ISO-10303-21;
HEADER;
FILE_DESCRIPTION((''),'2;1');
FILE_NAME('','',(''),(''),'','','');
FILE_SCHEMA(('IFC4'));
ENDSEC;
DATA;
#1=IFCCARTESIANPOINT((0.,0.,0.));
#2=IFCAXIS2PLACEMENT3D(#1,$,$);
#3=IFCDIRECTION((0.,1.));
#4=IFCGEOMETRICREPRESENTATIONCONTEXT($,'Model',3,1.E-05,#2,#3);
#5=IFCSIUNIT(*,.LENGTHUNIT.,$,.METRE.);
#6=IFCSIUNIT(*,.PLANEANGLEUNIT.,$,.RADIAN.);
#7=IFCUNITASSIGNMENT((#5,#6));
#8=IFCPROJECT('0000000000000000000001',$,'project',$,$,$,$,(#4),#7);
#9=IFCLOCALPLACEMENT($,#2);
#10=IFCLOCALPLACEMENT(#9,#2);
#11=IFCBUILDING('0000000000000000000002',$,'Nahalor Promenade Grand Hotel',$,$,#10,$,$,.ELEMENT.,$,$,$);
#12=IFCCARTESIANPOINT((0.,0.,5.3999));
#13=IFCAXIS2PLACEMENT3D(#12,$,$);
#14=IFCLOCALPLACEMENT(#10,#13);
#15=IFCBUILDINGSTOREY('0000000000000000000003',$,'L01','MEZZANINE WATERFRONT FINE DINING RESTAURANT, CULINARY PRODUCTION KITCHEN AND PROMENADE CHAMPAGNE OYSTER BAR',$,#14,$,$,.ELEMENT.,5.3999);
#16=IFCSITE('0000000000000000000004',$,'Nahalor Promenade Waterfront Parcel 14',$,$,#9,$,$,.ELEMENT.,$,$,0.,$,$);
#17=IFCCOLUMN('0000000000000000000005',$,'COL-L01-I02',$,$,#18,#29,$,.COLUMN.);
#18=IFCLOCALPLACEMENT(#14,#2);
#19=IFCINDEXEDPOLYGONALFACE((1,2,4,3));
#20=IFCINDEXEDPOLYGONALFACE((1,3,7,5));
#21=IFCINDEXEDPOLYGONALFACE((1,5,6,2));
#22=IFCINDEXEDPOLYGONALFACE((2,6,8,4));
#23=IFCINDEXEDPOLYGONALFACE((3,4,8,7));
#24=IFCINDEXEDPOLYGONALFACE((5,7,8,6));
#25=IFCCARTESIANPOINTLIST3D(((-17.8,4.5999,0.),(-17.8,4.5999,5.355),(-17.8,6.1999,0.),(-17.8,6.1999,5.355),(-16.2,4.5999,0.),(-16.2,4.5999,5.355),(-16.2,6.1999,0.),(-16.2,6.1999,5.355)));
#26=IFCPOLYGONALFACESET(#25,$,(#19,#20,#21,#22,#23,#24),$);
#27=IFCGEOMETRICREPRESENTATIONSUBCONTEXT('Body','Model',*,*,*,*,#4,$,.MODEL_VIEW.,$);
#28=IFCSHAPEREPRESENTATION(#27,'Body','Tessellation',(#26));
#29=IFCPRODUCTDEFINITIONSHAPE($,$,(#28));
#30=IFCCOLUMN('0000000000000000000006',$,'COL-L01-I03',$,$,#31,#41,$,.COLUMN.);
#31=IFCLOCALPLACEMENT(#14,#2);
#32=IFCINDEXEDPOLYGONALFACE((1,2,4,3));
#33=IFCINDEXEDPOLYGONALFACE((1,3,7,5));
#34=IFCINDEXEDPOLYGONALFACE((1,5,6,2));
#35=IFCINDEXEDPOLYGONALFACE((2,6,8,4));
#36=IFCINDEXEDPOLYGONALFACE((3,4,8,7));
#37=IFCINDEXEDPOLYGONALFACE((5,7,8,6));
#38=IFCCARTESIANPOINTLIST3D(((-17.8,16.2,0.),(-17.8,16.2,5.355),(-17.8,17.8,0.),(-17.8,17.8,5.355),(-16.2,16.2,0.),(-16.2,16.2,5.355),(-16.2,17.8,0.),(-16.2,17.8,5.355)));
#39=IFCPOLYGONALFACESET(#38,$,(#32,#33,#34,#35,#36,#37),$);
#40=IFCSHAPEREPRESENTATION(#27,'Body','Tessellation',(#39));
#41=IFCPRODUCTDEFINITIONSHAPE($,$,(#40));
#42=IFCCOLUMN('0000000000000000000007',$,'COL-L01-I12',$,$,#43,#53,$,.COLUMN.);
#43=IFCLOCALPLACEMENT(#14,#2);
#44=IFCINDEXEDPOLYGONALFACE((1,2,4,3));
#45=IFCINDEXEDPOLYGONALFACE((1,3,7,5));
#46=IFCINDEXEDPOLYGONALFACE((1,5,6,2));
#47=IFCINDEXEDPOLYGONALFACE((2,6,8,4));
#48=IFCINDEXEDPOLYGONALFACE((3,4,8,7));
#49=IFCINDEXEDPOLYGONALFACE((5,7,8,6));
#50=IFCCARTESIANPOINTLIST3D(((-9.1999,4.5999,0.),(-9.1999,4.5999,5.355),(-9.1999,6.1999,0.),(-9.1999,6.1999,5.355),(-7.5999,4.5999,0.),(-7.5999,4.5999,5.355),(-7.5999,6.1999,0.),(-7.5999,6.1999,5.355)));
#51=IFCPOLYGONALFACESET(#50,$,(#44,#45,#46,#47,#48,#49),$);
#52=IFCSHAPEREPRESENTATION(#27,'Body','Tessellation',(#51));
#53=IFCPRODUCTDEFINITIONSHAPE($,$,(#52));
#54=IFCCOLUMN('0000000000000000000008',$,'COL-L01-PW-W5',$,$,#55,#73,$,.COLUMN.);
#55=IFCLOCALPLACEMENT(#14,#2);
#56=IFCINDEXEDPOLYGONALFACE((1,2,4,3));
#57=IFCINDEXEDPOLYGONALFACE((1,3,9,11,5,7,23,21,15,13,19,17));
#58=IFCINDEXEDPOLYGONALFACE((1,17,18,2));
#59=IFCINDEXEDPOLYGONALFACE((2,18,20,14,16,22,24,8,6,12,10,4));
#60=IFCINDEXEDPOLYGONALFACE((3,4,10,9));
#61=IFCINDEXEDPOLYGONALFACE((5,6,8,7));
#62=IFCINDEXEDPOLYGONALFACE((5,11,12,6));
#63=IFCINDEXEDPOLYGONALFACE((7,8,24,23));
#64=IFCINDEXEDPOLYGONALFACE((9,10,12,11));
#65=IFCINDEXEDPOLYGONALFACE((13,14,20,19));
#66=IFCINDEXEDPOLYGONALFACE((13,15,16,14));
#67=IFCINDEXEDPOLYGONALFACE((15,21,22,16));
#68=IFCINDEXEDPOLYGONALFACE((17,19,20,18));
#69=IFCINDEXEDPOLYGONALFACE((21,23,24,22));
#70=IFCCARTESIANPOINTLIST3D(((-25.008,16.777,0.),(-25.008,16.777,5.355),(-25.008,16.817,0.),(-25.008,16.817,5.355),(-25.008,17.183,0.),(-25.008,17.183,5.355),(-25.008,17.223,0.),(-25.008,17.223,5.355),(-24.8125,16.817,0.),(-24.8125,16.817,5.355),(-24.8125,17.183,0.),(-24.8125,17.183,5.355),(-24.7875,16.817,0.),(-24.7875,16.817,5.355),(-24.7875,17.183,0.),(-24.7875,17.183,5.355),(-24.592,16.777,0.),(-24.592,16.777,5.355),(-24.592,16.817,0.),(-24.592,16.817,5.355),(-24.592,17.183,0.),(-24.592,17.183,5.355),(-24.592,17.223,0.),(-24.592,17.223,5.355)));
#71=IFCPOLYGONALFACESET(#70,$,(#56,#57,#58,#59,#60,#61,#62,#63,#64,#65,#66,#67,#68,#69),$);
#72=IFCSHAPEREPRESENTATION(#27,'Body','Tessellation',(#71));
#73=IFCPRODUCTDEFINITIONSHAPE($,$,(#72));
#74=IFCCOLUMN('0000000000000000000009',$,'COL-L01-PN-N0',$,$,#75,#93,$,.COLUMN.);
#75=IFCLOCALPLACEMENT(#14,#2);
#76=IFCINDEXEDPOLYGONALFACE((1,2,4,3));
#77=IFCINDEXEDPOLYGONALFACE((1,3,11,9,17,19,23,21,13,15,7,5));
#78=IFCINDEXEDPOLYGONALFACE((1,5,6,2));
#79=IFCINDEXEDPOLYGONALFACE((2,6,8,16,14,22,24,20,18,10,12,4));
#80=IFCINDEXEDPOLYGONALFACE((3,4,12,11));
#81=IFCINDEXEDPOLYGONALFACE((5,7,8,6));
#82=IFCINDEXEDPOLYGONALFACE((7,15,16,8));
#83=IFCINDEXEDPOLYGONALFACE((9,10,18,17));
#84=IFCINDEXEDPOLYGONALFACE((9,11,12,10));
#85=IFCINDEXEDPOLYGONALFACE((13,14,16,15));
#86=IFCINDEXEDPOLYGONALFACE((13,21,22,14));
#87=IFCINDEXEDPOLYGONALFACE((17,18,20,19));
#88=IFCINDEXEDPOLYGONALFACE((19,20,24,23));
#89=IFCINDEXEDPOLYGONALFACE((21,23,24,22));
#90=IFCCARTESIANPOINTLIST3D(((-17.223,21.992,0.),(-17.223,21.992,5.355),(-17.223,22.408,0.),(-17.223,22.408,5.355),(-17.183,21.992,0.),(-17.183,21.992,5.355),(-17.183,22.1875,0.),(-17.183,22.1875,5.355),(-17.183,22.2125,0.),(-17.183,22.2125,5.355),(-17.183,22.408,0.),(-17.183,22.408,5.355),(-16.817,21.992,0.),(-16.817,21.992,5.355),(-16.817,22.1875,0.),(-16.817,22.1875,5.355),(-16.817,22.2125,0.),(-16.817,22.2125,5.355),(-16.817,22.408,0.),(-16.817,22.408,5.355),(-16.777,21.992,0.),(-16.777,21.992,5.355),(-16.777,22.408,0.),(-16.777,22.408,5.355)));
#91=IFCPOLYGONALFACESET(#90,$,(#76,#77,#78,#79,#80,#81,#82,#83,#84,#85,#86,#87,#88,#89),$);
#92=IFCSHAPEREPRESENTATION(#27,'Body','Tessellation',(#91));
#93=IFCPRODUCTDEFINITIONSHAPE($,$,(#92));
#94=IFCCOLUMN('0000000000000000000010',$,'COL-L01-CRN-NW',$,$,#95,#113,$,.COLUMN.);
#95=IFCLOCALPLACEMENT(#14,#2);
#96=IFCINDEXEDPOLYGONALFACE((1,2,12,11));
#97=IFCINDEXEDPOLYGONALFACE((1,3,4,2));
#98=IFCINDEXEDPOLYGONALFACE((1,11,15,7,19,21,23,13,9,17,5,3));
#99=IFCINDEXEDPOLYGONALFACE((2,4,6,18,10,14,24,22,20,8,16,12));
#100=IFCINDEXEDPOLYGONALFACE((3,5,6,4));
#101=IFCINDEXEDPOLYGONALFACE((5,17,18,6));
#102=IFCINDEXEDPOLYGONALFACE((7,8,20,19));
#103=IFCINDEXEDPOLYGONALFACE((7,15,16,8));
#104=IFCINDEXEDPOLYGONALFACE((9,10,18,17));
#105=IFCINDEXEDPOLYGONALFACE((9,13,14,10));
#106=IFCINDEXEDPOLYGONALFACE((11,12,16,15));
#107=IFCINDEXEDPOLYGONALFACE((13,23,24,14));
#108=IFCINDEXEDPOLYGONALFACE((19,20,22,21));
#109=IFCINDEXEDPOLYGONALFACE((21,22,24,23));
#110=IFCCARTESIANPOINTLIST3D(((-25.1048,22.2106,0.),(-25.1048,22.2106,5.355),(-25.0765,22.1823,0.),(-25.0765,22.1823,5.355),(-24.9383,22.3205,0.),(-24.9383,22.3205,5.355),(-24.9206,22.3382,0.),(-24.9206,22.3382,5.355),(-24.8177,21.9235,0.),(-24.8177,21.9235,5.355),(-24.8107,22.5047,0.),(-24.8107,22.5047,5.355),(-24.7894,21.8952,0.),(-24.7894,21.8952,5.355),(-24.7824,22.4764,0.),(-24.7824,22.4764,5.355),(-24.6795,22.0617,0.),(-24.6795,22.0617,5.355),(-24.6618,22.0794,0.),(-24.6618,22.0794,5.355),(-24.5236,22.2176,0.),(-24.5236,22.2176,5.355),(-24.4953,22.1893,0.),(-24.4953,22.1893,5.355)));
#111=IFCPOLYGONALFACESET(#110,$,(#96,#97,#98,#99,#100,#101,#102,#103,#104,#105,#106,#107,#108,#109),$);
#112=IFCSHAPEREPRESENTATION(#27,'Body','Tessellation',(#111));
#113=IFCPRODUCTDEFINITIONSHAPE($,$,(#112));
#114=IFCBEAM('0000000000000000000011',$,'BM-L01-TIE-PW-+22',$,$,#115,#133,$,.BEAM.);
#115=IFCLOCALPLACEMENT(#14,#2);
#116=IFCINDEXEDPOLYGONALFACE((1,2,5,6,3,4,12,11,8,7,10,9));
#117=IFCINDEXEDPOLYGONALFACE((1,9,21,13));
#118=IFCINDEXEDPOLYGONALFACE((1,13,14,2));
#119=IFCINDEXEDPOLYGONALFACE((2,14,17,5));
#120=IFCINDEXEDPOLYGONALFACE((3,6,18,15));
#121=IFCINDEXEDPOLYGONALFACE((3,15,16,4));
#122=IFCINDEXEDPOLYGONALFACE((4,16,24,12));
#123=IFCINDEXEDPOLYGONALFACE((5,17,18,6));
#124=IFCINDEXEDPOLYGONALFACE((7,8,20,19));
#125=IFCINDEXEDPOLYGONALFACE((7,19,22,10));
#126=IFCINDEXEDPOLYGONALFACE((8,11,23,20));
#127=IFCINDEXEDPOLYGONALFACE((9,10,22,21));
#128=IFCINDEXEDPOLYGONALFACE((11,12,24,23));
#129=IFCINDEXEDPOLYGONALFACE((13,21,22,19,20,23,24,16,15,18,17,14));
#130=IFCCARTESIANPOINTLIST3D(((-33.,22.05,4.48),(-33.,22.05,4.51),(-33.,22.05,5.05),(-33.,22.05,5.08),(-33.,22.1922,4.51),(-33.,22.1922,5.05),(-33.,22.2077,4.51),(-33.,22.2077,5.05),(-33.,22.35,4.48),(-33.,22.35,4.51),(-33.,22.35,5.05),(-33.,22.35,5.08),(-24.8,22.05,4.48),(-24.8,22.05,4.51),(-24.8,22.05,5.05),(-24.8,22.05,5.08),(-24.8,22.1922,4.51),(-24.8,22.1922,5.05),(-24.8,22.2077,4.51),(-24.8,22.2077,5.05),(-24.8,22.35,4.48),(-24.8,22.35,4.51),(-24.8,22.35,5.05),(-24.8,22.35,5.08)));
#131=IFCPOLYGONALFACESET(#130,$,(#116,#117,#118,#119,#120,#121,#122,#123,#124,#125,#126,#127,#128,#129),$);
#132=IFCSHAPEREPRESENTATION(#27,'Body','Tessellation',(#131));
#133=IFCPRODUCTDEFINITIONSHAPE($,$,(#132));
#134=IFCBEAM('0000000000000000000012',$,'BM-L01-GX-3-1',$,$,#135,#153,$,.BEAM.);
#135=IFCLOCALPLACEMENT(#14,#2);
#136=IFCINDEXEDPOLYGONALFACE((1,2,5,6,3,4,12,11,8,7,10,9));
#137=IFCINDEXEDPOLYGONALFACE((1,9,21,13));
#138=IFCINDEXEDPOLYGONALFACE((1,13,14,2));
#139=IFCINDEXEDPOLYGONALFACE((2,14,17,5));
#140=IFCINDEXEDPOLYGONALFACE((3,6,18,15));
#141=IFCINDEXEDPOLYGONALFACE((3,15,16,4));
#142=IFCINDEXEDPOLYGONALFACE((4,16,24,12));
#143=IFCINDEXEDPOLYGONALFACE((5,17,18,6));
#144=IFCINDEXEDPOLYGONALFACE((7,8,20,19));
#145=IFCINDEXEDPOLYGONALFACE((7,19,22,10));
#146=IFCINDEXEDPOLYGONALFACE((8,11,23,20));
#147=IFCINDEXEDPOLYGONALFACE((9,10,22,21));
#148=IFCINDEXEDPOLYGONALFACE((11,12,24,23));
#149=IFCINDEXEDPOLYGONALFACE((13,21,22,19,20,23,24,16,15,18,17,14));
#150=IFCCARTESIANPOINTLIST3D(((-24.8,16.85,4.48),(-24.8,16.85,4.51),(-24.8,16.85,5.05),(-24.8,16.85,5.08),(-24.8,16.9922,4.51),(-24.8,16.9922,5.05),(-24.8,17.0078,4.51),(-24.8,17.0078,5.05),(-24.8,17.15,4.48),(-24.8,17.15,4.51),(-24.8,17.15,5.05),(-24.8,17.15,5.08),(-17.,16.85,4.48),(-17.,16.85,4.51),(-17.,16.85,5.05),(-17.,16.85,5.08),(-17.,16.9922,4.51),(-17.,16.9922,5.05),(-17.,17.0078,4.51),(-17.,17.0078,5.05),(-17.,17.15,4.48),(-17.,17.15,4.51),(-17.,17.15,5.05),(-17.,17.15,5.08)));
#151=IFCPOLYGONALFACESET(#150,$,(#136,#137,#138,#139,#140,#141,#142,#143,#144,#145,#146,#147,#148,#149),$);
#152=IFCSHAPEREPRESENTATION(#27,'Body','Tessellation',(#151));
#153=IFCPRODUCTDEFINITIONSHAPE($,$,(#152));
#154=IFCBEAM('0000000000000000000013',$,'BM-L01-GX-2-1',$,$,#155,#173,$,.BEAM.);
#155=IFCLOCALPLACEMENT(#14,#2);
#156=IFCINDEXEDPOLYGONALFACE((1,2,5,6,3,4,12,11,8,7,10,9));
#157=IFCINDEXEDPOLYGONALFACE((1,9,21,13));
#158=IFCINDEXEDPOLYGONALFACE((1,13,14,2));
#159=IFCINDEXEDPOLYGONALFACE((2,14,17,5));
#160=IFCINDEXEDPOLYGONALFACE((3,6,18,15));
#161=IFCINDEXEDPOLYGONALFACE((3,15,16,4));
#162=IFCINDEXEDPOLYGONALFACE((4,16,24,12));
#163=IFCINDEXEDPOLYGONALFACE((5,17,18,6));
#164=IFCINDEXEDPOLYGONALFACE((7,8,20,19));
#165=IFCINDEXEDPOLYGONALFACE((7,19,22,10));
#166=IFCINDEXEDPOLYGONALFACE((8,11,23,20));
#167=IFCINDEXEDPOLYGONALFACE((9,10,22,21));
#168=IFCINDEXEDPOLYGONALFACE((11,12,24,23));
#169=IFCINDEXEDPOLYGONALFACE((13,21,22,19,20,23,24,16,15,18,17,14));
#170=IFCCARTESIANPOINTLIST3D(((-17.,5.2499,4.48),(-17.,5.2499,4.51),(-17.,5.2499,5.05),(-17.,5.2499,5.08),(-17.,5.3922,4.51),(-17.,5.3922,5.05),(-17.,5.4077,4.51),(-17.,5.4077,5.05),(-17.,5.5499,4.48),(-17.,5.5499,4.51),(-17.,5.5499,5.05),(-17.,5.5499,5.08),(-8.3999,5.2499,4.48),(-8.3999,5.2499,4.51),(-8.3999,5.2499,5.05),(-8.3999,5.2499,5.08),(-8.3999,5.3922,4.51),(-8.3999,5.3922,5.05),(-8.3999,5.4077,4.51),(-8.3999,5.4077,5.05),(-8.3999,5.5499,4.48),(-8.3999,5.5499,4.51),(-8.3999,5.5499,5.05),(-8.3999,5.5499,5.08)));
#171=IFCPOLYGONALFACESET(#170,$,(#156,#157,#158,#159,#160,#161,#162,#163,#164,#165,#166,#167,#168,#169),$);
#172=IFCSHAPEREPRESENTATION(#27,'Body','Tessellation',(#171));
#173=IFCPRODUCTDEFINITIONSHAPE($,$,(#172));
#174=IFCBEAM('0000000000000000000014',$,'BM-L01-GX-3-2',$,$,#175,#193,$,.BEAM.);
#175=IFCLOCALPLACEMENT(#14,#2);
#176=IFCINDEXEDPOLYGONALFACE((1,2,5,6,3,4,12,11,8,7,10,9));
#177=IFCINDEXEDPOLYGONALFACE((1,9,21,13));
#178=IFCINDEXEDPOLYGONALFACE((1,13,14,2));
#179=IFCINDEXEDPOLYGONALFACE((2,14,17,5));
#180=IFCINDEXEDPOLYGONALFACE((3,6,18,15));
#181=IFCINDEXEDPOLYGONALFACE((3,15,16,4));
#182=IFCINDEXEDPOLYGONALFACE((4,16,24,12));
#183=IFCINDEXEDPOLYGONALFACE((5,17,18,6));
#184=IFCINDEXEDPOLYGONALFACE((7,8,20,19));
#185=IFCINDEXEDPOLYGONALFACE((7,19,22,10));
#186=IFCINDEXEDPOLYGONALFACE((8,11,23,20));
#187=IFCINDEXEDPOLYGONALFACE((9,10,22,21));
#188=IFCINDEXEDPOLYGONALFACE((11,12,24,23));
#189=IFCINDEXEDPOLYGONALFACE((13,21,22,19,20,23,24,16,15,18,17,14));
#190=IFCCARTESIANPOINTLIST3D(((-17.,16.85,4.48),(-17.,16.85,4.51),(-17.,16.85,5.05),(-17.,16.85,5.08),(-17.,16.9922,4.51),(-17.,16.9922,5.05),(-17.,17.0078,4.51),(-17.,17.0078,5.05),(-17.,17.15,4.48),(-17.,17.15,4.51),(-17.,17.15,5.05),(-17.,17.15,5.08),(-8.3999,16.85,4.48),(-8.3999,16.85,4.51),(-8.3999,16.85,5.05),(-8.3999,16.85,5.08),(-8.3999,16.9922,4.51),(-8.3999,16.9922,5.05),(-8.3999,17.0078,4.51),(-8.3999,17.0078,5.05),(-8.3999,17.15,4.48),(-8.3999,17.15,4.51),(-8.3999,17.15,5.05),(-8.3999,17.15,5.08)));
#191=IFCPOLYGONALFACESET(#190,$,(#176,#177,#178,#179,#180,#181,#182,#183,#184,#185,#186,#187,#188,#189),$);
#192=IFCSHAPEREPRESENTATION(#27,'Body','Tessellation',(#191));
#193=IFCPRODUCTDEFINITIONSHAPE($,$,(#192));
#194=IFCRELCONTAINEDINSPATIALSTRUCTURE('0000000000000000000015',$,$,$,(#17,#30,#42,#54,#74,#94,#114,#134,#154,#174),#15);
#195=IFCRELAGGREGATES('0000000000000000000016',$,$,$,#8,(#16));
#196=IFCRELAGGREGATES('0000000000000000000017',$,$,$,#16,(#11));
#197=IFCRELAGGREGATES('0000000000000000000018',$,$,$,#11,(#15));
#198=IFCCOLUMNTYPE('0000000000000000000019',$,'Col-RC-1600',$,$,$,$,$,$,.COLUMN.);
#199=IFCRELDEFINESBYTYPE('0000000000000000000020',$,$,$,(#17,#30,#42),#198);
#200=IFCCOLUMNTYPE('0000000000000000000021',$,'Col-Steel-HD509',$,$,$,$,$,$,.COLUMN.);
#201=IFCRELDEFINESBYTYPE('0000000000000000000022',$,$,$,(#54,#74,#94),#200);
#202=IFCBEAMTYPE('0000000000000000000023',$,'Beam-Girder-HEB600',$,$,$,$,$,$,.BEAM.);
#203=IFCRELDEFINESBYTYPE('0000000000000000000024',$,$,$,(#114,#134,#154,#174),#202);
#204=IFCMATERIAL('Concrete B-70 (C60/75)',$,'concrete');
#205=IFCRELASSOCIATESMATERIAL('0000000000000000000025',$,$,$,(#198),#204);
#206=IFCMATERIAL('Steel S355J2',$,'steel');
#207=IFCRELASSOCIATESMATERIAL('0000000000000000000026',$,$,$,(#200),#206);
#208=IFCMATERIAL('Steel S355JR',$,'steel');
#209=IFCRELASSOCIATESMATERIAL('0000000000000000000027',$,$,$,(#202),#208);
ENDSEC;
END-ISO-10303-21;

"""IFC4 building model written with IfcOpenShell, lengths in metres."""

from ifc_helpers import new_model, si_unit, direction, frame, origin, origin_2d, place, context, subcontext, project, spatial, rectangle, i_section, extrude, source, transform, mapped, material, material_profile, profile_set, type_object, element, save


model = new_model("IFC4")

# Units and contexts
model_context = context("Model", 3, precision=1e-05, world=origin(), true_north=direction((0.0, 1.0)))
body_context = subcontext(model_context, "Body", "Model", "MODEL_VIEW")
ifc_project = project(units=[si_unit("LENGTHUNIT", "METRE"), si_unit("PLANEANGLEUNIT", "RADIAN")], contexts=[model_context])

# Site, building, storey
site_placement = place(None, origin())
site = spatial("IfcSite", under=ifc_project, at=site_placement, Name="Nahalor Promenade Waterfront Parcel 14", CompositionType="ELEMENT", RefElevation=0.0)
building_placement = place(site_placement, origin())
building = spatial("IfcBuilding", under=site, at=building_placement, Name="Nahalor Promenade Grand Hotel", CompositionType="ELEMENT")
storey_placement = place(building_placement, frame((0.0, 0.0, 5.3999)))
storey = spatial("IfcBuildingStorey", under=building, at=storey_placement, Name="L01", Description="MEZZANINE WATERFRONT FINE DINING RESTAURANT, CULINARY PRODUCTION KITCHEN AND PROMENADE CHAMPAGNE OYSTER BAR", CompositionType="ELEMENT", Elevation=5.3999)

# Columns
ifc_material_1 = material(Name="Concrete B-70 (C60/75)", Category="concrete")
ifc_material_profile_1 = material_profile(ifc_material_1, rectangle(XDim=1.6, YDim=1.6, at=origin_2d()), Name="RC 1600x1600")
ifc_profile_set_1 = profile_set([ifc_material_profile_1], Name="Concrete B-70 (C60/75)")
column_type_1 = type_object("IfcColumnType", Name="Col-RC-1600", PredefinedType="COLUMN", material=ifc_profile_set_1)
shared_shape_1 = source(origin(), body_context, "Body", "SweptSolid", [
    extrude(rectangle(XDim=1.6, YDim=1.6, at=origin_2d()), origin(), (0.0, 0.0, 1.0), 5.355),
])
for number, where, z_axis, x_axis, name in (
    (1, (-17.0, 5.3999, 0.0), (0.0, 0.0, 1.0), (1.0, 0.0, 0.0), "COL-L01-I02"),
    (2, (-17.0, 17.0, 0.0), (0.0, 0.0, 1.0), (1.0, 0.0, 0.0), "COL-L01-I03"),
    (3, (-8.3999, 5.3999, 0.0), (0.0, 0.0, 1.0), (1.0, 0.0, 0.0), "COL-L01-I12"),
):
    element("IfcColumn", number, at=place(storey_placement, frame(where, z_axis=z_axis, x_axis=x_axis)), inside=storey, type_object=column_type_1, Name=name, PredefinedType="COLUMN", context=body_context, shape_type="MappedRepresentation", body=[
        mapped(shared_shape_1, transform((0.0, 0.0, 0.0), scale=1.0)),
    ])
ifc_material_2 = material(Name="Steel S355J2", Category="steel")
ifc_material_profile_2 = material_profile(ifc_material_2, i_section(OverallWidth=0.416, OverallDepth=0.446, WebThickness=0.025, FlangeThickness=0.04, at=origin_2d()), Name="HD 400x509")
ifc_profile_set_2 = profile_set([ifc_material_profile_2], Name="Steel S355J2")
column_type_2 = type_object("IfcColumnType", Name="Col-Steel-HD509", PredefinedType="COLUMN", material=ifc_profile_set_2)
shared_shape_2 = source(origin(), body_context, "Body", "SweptSolid", [
    extrude(i_section(OverallWidth=0.416, OverallDepth=0.446, WebThickness=0.025, FlangeThickness=0.04, at=origin_2d()), origin(), (0.0, 0.0, 1.0), 5.355),
])
for number, where, z_axis, x_axis, name in (
    (4, (-24.8, 17.0, 0.0), (0.0, 0.0, 1.0), (1.0, 0.0, 0.0), "COL-L01-PW-W5"),
    (5, (-17.0, 22.2, 0.0), (0.0, 0.0, 1.0), (0.0, 1.0, 0.0), "COL-L01-PN-N0"),
    (6, (-24.8, 22.2, 0.0), (0.0, 0.0, 1.0), (0.707107, 0.707107, 0.0), "COL-L01-CRN-NW"),
):
    element("IfcColumn", number, at=place(storey_placement, frame(where, z_axis=z_axis, x_axis=x_axis)), inside=storey, type_object=column_type_2, Name=name, PredefinedType="COLUMN", context=body_context, shape_type="MappedRepresentation", body=[
        mapped(shared_shape_2, transform((0.0, 0.0, 0.0), scale=1.0)),
    ])

# Beams
ifc_material_3 = material(Name="Steel S355JR", Category="steel")
ifc_material_profile_3 = material_profile(ifc_material_3, i_section(OverallWidth=0.3, OverallDepth=0.6, WebThickness=0.0155, FlangeThickness=0.03, at=origin_2d()), Name="HEB 600")
ifc_profile_set_3 = profile_set([ifc_material_profile_3], Name="Steel S355JR")
beam_type_1 = type_object("IfcBeamType", Name="Beam-Girder-HEB600", PredefinedType="BEAM", material=ifc_profile_set_3)
shared_shape_3 = source(origin(), body_context, "Body", "SweptSolid", [
    extrude(i_section(OverallWidth=0.3, OverallDepth=0.6, WebThickness=0.0155, FlangeThickness=0.03, at=origin_2d()), origin(), (0.0, 0.0, 1.0), 8.2),
])
beam_1_placement = place(storey_placement, frame((-24.8, 22.2, 4.78), z_axis=(-1.0, 0.0, 0.0), x_axis=(0.0, -1.0, 0.0)))
element("IfcBeam", 7, at=beam_1_placement, inside=storey, type_object=beam_type_1, Name="BM-L01-TIE-PW-+22", PredefinedType="BEAM", context=body_context, shape_type="MappedRepresentation", body=[
    mapped(shared_shape_3, transform((0.0, 0.0, 0.0), scale=1.0)),
])
shared_shape_4 = source(origin(), body_context, "Body", "SweptSolid", [
    extrude(i_section(OverallWidth=0.3, OverallDepth=0.6, WebThickness=0.0155, FlangeThickness=0.03, at=origin_2d()), origin(), (0.0, 0.0, 1.0), 7.8),
])
beam_2_placement = place(storey_placement, frame((-24.8, 17.0, 4.78), z_axis=(1.0, 0.0, 0.0), x_axis=(0.0, 1.0, 0.0)))
element("IfcBeam", 8, at=beam_2_placement, inside=storey, type_object=beam_type_1, Name="BM-L01-GX-3-1", PredefinedType="BEAM", context=body_context, shape_type="MappedRepresentation", body=[
    mapped(shared_shape_4, transform((0.0, 0.0, 0.0), scale=1.0)),
])
shared_shape_5 = source(origin(), body_context, "Body", "SweptSolid", [
    extrude(i_section(OverallWidth=0.3, OverallDepth=0.6, WebThickness=0.0155, FlangeThickness=0.03, at=origin_2d()), origin(), (0.0, 0.0, 1.0), 8.6001),
])
for number, where, z_axis, x_axis, name in (
    (9, (-17.0, 5.3999, 4.78), (1.0, 0.0, 0.0), (0.0, 1.0, 0.0), "BM-L01-GX-2-1"),
    (10, (-17.0, 17.0, 4.78), (1.0, 0.0, 0.0), (0.0, 1.0, 0.0), "BM-L01-GX-3-2"),
):
    element("IfcBeam", number, at=place(storey_placement, frame(where, z_axis=z_axis, x_axis=x_axis)), inside=storey, type_object=beam_type_1, Name=name, PredefinedType="BEAM", context=body_context, shape_type="MappedRepresentation", body=[
        mapped(shared_shape_5, transform((0.0, 0.0, 0.0), scale=1.0)),
    ])

save(model, "model.ifc")
